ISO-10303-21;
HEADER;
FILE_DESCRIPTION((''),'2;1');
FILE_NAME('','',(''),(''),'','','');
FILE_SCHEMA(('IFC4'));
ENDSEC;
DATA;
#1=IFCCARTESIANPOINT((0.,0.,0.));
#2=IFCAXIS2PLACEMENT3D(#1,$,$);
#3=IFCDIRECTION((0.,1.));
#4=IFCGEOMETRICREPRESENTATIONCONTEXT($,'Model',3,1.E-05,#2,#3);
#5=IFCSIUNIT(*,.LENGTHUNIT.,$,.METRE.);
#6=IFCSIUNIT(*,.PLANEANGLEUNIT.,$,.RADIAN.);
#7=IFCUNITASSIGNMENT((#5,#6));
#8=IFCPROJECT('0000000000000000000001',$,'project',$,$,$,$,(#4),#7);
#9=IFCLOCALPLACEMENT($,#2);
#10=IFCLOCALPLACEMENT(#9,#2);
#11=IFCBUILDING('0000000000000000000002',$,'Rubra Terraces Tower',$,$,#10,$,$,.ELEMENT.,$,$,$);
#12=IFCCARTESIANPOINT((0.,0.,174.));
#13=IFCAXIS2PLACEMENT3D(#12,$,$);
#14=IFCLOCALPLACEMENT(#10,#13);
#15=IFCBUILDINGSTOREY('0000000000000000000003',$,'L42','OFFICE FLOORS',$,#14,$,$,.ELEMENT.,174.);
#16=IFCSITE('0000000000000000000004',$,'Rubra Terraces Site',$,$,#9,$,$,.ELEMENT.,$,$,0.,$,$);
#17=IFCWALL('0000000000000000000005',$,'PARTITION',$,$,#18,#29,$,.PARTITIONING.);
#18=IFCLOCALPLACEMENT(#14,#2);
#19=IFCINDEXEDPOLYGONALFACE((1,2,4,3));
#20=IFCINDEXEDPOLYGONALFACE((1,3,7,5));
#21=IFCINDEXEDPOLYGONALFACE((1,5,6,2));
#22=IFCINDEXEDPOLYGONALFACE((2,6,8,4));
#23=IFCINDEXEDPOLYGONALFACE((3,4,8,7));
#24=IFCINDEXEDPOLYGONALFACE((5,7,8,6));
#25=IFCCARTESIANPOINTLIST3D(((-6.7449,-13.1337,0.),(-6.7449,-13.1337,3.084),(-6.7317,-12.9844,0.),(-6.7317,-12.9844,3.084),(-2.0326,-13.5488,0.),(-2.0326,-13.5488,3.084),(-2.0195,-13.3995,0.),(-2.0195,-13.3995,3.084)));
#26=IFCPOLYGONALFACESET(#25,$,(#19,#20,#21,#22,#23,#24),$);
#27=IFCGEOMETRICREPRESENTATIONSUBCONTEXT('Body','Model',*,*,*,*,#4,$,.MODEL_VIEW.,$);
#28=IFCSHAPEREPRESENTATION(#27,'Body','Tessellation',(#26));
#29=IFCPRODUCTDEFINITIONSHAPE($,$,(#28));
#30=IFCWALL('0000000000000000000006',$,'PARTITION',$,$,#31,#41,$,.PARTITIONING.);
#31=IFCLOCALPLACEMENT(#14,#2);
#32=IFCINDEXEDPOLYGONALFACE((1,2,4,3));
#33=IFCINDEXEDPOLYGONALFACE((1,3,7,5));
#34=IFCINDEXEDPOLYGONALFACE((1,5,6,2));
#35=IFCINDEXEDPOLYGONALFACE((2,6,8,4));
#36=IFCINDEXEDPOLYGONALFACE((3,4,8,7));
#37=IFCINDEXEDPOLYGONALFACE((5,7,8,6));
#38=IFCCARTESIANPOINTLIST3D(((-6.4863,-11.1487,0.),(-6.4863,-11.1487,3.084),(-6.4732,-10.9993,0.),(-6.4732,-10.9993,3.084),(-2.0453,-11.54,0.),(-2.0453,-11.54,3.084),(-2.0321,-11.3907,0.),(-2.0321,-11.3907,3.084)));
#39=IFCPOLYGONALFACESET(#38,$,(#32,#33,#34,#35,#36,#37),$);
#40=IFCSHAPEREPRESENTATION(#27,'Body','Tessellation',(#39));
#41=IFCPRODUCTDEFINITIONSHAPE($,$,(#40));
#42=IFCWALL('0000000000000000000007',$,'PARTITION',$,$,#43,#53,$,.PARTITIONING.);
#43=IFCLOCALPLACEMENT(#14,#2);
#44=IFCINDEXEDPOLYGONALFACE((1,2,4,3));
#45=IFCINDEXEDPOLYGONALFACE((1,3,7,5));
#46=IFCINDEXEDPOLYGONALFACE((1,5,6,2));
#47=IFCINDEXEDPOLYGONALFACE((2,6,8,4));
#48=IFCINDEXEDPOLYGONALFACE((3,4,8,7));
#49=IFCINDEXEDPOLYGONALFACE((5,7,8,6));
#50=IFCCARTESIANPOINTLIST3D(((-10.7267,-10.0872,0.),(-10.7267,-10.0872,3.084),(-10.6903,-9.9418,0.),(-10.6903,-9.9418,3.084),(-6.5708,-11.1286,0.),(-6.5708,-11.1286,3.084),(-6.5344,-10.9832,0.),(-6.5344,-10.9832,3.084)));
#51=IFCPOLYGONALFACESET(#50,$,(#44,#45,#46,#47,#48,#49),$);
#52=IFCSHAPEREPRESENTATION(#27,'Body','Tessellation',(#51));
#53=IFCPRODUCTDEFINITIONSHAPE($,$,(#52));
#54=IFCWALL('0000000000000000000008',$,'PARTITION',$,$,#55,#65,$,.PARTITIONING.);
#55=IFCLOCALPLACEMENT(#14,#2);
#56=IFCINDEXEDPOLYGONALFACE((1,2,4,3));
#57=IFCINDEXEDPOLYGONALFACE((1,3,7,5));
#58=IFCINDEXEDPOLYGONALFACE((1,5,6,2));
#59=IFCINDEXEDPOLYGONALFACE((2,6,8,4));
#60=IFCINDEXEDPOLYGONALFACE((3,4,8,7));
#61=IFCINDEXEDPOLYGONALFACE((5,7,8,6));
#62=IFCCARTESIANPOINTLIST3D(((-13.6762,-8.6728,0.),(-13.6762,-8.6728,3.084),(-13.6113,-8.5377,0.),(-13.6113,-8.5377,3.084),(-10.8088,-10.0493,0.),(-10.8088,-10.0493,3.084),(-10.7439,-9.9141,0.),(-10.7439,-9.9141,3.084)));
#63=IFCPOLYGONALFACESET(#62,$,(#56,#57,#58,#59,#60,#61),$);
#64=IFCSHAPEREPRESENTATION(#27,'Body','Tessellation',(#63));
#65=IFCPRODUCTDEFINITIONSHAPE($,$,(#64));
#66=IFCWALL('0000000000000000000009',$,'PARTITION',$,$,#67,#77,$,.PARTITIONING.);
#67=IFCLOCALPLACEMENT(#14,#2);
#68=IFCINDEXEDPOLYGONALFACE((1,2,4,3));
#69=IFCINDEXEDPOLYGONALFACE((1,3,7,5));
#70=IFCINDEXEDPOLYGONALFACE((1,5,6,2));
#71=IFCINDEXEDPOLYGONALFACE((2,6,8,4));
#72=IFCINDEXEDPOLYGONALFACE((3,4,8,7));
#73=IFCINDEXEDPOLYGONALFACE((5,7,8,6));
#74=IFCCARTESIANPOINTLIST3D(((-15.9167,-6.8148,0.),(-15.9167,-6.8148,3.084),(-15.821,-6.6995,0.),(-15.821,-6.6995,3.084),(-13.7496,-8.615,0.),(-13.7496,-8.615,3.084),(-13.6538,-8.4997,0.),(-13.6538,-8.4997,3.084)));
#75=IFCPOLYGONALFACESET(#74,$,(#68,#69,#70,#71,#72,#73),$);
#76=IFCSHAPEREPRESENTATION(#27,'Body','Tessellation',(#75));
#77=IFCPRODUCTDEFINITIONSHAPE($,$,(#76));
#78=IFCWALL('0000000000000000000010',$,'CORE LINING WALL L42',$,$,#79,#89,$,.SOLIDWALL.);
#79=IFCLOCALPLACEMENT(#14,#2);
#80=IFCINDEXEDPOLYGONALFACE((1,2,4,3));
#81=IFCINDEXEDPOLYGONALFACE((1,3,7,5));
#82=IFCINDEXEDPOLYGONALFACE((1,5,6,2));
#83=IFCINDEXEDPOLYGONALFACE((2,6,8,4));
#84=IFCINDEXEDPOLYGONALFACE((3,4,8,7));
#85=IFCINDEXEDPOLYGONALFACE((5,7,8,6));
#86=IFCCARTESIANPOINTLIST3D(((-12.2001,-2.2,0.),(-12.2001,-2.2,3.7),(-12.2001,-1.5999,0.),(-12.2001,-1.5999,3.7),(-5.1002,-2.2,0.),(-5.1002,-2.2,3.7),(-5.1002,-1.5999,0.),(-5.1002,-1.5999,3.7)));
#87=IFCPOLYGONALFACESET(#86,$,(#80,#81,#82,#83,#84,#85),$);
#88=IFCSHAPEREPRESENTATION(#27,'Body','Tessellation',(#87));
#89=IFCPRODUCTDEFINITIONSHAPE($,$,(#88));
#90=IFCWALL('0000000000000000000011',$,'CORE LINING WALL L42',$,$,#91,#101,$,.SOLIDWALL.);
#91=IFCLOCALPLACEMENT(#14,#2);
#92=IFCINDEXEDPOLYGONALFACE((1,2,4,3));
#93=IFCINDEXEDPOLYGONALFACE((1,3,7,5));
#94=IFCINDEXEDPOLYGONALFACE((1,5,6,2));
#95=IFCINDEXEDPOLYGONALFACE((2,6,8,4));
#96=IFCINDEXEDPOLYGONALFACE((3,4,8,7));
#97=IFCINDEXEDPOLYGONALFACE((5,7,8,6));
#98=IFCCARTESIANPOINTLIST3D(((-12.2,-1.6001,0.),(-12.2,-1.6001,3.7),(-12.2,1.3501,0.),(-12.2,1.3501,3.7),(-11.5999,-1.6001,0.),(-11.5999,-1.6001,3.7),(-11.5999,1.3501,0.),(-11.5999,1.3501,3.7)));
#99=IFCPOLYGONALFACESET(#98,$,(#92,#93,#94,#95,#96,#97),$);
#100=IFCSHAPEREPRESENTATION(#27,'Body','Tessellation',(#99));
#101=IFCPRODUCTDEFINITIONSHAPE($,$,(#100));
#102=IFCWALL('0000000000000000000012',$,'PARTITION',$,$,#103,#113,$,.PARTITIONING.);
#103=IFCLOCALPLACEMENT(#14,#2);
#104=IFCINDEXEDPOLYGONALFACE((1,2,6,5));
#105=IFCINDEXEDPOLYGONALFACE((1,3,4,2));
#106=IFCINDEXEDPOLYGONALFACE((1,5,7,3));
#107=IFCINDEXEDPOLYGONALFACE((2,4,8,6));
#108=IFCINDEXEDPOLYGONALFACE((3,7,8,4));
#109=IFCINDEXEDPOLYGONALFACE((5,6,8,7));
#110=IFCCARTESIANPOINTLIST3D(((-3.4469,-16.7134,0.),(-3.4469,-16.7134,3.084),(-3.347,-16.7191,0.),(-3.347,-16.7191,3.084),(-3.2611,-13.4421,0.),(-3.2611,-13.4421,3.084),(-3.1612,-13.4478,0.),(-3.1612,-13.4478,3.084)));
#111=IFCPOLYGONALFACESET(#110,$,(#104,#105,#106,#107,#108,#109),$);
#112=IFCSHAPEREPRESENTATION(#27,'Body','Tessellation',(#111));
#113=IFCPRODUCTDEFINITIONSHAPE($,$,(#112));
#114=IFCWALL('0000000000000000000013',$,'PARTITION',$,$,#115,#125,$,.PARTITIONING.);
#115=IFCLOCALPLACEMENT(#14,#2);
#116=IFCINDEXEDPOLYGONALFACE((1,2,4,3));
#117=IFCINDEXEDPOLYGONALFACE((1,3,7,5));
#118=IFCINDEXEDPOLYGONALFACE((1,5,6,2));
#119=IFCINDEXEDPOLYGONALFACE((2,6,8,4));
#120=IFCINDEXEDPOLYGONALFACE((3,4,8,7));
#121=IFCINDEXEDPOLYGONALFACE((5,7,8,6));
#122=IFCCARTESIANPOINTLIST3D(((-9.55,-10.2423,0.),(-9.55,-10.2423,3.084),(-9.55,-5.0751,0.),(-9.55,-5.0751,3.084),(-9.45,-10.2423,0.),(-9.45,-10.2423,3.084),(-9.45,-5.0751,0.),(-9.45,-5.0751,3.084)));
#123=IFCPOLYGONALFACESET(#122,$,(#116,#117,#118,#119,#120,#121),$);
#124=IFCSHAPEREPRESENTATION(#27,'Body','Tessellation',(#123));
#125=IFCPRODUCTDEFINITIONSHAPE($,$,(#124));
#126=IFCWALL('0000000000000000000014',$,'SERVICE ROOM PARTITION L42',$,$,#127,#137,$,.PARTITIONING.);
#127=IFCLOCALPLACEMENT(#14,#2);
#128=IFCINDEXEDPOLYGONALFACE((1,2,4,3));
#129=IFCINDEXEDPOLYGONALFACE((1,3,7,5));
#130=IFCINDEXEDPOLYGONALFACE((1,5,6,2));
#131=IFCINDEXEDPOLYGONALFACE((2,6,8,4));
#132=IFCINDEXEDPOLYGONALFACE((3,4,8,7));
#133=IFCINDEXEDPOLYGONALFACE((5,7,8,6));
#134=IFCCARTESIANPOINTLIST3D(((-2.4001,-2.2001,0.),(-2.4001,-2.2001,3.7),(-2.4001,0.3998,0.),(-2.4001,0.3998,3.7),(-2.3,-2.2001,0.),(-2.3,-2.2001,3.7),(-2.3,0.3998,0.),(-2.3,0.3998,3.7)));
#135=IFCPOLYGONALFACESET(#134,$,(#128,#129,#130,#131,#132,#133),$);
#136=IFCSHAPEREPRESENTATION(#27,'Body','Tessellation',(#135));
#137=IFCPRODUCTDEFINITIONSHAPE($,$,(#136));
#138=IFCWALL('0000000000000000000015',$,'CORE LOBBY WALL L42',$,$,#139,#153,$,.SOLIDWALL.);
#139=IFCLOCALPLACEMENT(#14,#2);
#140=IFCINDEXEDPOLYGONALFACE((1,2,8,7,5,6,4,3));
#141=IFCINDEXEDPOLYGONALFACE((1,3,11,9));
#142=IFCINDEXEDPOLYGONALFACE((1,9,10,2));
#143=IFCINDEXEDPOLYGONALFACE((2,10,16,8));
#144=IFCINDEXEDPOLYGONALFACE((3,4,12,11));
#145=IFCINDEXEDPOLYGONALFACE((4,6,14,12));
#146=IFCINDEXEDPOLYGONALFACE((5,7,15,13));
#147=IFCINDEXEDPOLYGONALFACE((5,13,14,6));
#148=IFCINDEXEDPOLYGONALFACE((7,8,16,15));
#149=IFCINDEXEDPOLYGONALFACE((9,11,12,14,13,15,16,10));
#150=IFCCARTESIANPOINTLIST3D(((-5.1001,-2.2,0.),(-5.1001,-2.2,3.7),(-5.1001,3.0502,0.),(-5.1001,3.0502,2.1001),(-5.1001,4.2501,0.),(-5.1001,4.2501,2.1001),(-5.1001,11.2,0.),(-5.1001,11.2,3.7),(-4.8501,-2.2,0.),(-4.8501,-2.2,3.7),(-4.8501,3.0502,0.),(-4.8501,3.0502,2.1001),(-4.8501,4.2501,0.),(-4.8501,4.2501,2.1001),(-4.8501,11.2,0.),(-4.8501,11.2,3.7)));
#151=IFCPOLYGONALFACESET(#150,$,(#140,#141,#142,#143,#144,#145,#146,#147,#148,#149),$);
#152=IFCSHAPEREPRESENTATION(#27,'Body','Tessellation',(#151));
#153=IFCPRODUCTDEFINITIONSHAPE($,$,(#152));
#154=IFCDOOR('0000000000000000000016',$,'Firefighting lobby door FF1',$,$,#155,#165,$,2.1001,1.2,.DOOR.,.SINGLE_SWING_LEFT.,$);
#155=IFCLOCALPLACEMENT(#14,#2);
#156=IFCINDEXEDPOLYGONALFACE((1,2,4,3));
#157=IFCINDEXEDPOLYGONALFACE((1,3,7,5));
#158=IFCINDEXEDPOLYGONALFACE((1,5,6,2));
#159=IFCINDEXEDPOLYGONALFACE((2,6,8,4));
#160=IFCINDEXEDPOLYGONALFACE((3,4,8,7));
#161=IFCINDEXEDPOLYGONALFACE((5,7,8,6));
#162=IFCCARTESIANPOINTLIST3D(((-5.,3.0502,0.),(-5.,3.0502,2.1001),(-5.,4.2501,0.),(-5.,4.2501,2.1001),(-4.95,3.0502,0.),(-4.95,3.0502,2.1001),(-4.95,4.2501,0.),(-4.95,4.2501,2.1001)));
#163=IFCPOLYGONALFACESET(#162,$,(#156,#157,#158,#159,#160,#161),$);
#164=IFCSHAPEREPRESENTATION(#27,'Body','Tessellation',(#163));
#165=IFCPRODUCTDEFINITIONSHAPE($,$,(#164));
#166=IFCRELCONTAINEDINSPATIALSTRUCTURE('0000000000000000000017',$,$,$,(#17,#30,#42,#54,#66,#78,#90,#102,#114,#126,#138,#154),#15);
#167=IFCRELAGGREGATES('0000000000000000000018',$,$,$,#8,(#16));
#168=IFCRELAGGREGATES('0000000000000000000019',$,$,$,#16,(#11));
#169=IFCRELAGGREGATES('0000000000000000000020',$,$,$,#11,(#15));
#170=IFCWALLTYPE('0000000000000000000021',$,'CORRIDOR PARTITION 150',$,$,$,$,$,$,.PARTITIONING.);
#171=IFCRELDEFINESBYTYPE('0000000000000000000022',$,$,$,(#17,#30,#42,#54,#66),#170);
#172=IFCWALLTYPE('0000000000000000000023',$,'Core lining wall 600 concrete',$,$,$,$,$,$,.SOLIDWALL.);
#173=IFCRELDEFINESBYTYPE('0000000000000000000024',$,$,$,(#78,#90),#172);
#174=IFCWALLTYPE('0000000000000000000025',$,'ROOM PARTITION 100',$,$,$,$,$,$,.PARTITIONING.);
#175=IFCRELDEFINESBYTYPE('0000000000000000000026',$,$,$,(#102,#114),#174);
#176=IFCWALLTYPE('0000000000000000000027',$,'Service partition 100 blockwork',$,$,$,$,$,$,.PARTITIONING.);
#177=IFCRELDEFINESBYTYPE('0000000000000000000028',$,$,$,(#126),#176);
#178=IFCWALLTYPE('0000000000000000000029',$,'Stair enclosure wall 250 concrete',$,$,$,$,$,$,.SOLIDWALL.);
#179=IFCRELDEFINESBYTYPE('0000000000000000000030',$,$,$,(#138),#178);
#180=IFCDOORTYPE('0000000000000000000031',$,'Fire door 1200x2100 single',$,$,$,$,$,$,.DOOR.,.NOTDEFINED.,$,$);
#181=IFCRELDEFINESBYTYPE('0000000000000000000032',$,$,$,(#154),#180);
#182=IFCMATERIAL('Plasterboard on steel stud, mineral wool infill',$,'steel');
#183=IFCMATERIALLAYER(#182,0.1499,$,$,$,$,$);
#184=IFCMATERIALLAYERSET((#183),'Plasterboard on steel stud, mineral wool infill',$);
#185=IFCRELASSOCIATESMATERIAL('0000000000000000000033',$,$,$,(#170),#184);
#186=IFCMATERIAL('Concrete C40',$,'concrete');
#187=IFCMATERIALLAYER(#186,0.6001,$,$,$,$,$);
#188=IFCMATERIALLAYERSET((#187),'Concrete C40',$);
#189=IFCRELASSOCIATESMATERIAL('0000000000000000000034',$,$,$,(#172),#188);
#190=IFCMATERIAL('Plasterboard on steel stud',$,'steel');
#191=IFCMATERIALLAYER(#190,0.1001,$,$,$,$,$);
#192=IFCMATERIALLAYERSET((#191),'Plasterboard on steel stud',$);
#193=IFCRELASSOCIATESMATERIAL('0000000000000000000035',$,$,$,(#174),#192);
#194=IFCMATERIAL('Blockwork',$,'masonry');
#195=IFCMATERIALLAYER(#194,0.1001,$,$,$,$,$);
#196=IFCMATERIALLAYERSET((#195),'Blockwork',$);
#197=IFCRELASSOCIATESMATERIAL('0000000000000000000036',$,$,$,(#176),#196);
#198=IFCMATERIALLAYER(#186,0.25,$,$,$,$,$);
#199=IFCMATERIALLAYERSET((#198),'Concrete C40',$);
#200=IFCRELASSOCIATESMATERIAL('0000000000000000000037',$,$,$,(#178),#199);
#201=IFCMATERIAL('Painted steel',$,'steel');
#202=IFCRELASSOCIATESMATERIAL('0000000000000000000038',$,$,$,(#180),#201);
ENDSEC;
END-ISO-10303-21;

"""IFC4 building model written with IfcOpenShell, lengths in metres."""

from ifc_helpers import new_model, si_unit, direction, frame, frame_2d, origin, place, context, subcontext, project, spatial, rectangle, extrude, material, layer, layer_set, type_object, element, fill, save


model = new_model("IFC4")

# Units and contexts
model_context = context("Model", 3, precision=1e-05, world=origin(), true_north=direction((0.0, 1.0)))
body_context = subcontext(model_context, "Body", "Model", "MODEL_VIEW")
ifc_project = project(units=[si_unit("LENGTHUNIT", "METRE"), si_unit("PLANEANGLEUNIT", "RADIAN")], contexts=[model_context])

# Site, building, storey
site_placement = place(None, origin())
site = spatial("IfcSite", under=ifc_project, at=site_placement, Name="Rubra Terraces Site", CompositionType="ELEMENT", RefElevation=0.0)
building_placement = place(site_placement, origin())
building = spatial("IfcBuilding", under=site, at=building_placement, Name="Rubra Terraces Tower", CompositionType="ELEMENT")
storey_placement = place(building_placement, frame((0.0, 0.0, 174.0)))
storey = spatial("IfcBuildingStorey", under=building, at=storey_placement, Name="L42", Description="OFFICE FLOORS", CompositionType="ELEMENT", Elevation=174.0)

# Shared definitions
ifc_material_1 = material(Name="Concrete C40", Category="concrete")

# Shared definitions
ifc_material_2 = material(Name="Painted steel", Category="steel")

# Shared definitions
ifc_material_3 = material(Name="Plasterboard on steel stud, mineral wool infill", Category="steel")
ifc_layer_1 = layer(ifc_material_3, 0.1499)
ifc_layer_set_1 = layer_set([ifc_layer_1], Name="Plasterboard on steel stud, mineral wool infill")
wall_type_1 = type_object("IfcWallType", Name="CORRIDOR PARTITION 150", PredefinedType="PARTITIONING", material=ifc_layer_set_1)

# Walls
wall_1_placement = place(storey_placement, frame((-6.7383, -13.0591, 0.0), z_axis=(0.0, 0.0, 1.0), x_axis=(0.996144, -0.087739, 0.0)))
element("IfcWall", 1, at=wall_1_placement, inside=storey, type_object=wall_type_1, Name="PARTITION", PredefinedType="PARTITIONING", context=body_context, shape_type="SweptSolid", body=[
    extrude(rectangle(XDim=4.7305, YDim=0.1499, at=frame_2d((2.3652, 0.0))), origin(), (0.0, 0.0, 1.0), 3.084),
])
wall_2_placement = place(storey_placement, frame((-2.0388, -11.4653, 0.0), z_axis=(0.0, 0.0, 1.0), x_axis=(-0.99614, 0.08778, 0.0)))
element("IfcWall", 2, at=wall_2_placement, inside=storey, type_object=wall_type_1, Name="PARTITION", PredefinedType="PARTITIONING", context=body_context, shape_type="SweptSolid", body=[
    extrude(rectangle(XDim=4.4583, YDim=0.1499, at=frame_2d((2.229, 0.0))), origin(), (0.0, 0.0, 1.0), 3.084),
])
wall_3_placement = place(storey_placement, frame((-6.5527, -11.0559, 0.0), z_axis=(0.0, 0.0, 1.0), x_axis=(-0.970005, 0.243085, 0.0)))
element("IfcWall", 3, at=wall_3_placement, inside=storey, type_object=wall_type_1, Name="PARTITION", PredefinedType="PARTITIONING", context=body_context, shape_type="SweptSolid", body=[
    extrude(rectangle(XDim=4.2844, YDim=0.1499, at=frame_2d((2.1421, 0.0))), origin(), (0.0, 0.0, 1.0), 3.084),
])
wall_4_placement = place(storey_placement, frame((-10.7764, -9.9817, 0.0), z_axis=(0.0, 0.0, 1.0), x_axis=(-0.901511, 0.432756, 0.0)))
element("IfcWall", 4, at=wall_4_placement, inside=storey, type_object=wall_type_1, Name="PARTITION", PredefinedType="PARTITIONING", context=body_context, shape_type="SweptSolid", body=[
    extrude(rectangle(XDim=3.1807, YDim=0.1499, at=frame_2d((1.5903, 0.0))), origin(), (0.0, 0.0, 1.0), 3.084),
])
wall_5_placement = place(storey_placement, frame((-13.7017, -8.5574, 0.0), z_axis=(0.0, 0.0, 1.0), x_axis=(-0.769222, 0.638982, 0.0)))
element("IfcWall", 5, at=wall_5_placement, inside=storey, type_object=wall_type_1, Name="PARTITION", PredefinedType="PARTITIONING", context=body_context, shape_type="SweptSolid", body=[
    extrude(rectangle(XDim=2.8174, YDim=0.1499, at=frame_2d((1.4087, 0.0))), origin(), (0.0, 0.0, 1.0), 3.084),
])
ifc_layer_2 = layer(ifc_material_1, 0.6001)
ifc_layer_set_2 = layer_set([ifc_layer_2], Name="Concrete C40")
wall_type_2 = type_object("IfcWallType", Name="Core lining wall 600 concrete", PredefinedType="SOLIDWALL", material=ifc_layer_set_2)
wall_6_placement = place(storey_placement, frame((-12.2, -1.8999, 0.0), z_axis=(0.0, 0.0, 1.0), x_axis=(1.0, 0.0, 0.0)))
element("IfcWall", 6, at=wall_6_placement, inside=storey, type_object=wall_type_2, Name="CORE LINING WALL L42", PredefinedType="SOLIDWALL", context=body_context, shape_type="SweptSolid", body=[
    extrude(rectangle(XDim=7.0999, YDim=0.6001, at=frame_2d((3.5498, 0.0))), origin(), (0.0, 0.0, 1.0), 3.7),
])
wall_7_placement = place(storey_placement, frame((-11.8999, -1.6001, 0.0), z_axis=(0.0, 0.0, 1.0), x_axis=(0.0, 1.0, 0.0)))
element("IfcWall", 7, at=wall_7_placement, inside=storey, type_object=wall_type_2, Name="CORE LINING WALL L42", PredefinedType="SOLIDWALL", context=body_context, shape_type="SweptSolid", body=[
    extrude(rectangle(XDim=2.9502, YDim=0.6001, at=frame_2d((1.4751, 0.0))), origin(), (0.0, 0.0, 1.0), 3.7),
])
ifc_material_4 = material(Name="Plasterboard on steel stud", Category="steel")
ifc_layer_3 = layer(ifc_material_4, 0.1001)
ifc_layer_set_3 = layer_set([ifc_layer_3], Name="Plasterboard on steel stud")
wall_type_3 = type_object("IfcWallType", Name="ROOM PARTITION 100", PredefinedType="PARTITIONING", material=ifc_layer_set_3)
wall_8_placement = place(storey_placement, frame((-3.2112, -13.4451, 0.0), z_axis=(0.0, 0.0, 1.0), x_axis=(-0.056704, -0.998391, 0.0)))
element("IfcWall", 8, at=wall_8_placement, inside=storey, type_object=wall_type_3, Name="PARTITION", PredefinedType="PARTITIONING", context=body_context, shape_type="SweptSolid", body=[
    extrude(rectangle(XDim=3.2766, YDim=0.1001, at=frame_2d((1.6382, 0.0))), origin(), (0.0, 0.0, 1.0), 3.084),
])
wall_9_placement = place(storey_placement, frame((-9.5, -10.2422, 0.0), z_axis=(0.0, 0.0, 1.0), x_axis=(0.0, 1.0, 0.0)))
element("IfcWall", 9, at=wall_9_placement, inside=storey, type_object=wall_type_3, Name="PARTITION", PredefinedType="PARTITIONING", context=body_context, shape_type="SweptSolid", body=[
    extrude(rectangle(XDim=5.1672, YDim=0.1001, at=frame_2d((2.5835, 0.0))), origin(), (0.0, 0.0, 1.0), 3.084),
])
ifc_material_5 = material(Name="Blockwork", Category="masonry")
ifc_layer_4 = layer(ifc_material_5, 0.1001)
ifc_layer_set_4 = layer_set([ifc_layer_4], Name="Blockwork")
wall_type_4 = type_object("IfcWallType", Name="Service partition 100 blockwork", PredefinedType="PARTITIONING", material=ifc_layer_set_4)
wall_10_placement = place(storey_placement, frame((-2.3501, -2.2, 0.0), z_axis=(0.0, 0.0, 1.0), x_axis=(0.0, 1.0, 0.0)))
element("IfcWall", 10, at=wall_10_placement, inside=storey, type_object=wall_type_4, Name="SERVICE ROOM PARTITION L42", PredefinedType="PARTITIONING", context=body_context, shape_type="SweptSolid", body=[
    extrude(rectangle(XDim=2.5999, YDim=0.1001, at=frame_2d((1.2998, 0.0))), origin(), (0.0, 0.0, 1.0), 3.7),
])

# Wall, opening, door
ifc_layer_5 = layer(ifc_material_1, 0.25)
ifc_layer_set_5 = layer_set([ifc_layer_5], Name="Concrete C40")
wall_type_5 = type_object("IfcWallType", Name="Stair enclosure wall 250 concrete", PredefinedType="SOLIDWALL", material=ifc_layer_set_5)
wall_11_placement = place(storey_placement, frame((-4.9751, -2.2, 0.0), z_axis=(0.0, 0.0, 1.0), x_axis=(0.0, 1.0, 0.0)))
wall_11 = element("IfcWall", 11, at=wall_11_placement, inside=storey, type_object=wall_type_5, Name="CORE LOBBY WALL L42", PredefinedType="SOLIDWALL", context=body_context, shape_type="SweptSolid", body=[
    extrude(rectangle(XDim=13.3999, YDim=0.25, at=frame_2d((6.7, 0.0))), origin(), (0.0, 0.0, 1.0), 3.7),
])
opening_1_placement = place(wall_11_placement, frame((5.25, 0.0, 0.0)))
opening_1 = element("IfcOpeningElement", 12, at=opening_1_placement, cuts=wall_11, PredefinedType="OPENING", context=body_context, shape_type="SweptSolid", body=[
    extrude(rectangle(XDim=1.2, YDim=2.1001, at=frame_2d((0.6001, 1.05))), frame((0.0, 0.135, 0.0), z_axis=(0.0, -1.0, 0.0), x_axis=(1.0, 0.0, 0.0)), (0.0, 0.0, 1.0), 0.27),
])
door_type_1 = type_object("IfcDoorType", Name="Fire door 1200x2100 single", OperationType="NOTDEFINED", PredefinedType="DOOR", material=ifc_material_2)
door_1_placement = place(opening_1_placement, origin())
door_1 = element("IfcDoor", 13, at=door_1_placement, inside=storey, type_object=door_type_1, Name="Firefighting lobby door FF1", OperationType="SINGLE_SWING_LEFT", OverallHeight=2.1001, OverallWidth=1.2, PredefinedType="DOOR", context=body_context, shape_type="SweptSolid", body=[
    extrude(rectangle(XDim=1.2, YDim=2.1001, at=frame_2d((0.6001, 1.05))), frame((0.0, 0.0249, 0.0), z_axis=(0.0, -1.0, 0.0), x_axis=(1.0, 0.0, 0.0)), (0.0, 0.0, 1.0), 0.05),
])
fill(opening_1, door_1)

save(model, "model.ifc")
